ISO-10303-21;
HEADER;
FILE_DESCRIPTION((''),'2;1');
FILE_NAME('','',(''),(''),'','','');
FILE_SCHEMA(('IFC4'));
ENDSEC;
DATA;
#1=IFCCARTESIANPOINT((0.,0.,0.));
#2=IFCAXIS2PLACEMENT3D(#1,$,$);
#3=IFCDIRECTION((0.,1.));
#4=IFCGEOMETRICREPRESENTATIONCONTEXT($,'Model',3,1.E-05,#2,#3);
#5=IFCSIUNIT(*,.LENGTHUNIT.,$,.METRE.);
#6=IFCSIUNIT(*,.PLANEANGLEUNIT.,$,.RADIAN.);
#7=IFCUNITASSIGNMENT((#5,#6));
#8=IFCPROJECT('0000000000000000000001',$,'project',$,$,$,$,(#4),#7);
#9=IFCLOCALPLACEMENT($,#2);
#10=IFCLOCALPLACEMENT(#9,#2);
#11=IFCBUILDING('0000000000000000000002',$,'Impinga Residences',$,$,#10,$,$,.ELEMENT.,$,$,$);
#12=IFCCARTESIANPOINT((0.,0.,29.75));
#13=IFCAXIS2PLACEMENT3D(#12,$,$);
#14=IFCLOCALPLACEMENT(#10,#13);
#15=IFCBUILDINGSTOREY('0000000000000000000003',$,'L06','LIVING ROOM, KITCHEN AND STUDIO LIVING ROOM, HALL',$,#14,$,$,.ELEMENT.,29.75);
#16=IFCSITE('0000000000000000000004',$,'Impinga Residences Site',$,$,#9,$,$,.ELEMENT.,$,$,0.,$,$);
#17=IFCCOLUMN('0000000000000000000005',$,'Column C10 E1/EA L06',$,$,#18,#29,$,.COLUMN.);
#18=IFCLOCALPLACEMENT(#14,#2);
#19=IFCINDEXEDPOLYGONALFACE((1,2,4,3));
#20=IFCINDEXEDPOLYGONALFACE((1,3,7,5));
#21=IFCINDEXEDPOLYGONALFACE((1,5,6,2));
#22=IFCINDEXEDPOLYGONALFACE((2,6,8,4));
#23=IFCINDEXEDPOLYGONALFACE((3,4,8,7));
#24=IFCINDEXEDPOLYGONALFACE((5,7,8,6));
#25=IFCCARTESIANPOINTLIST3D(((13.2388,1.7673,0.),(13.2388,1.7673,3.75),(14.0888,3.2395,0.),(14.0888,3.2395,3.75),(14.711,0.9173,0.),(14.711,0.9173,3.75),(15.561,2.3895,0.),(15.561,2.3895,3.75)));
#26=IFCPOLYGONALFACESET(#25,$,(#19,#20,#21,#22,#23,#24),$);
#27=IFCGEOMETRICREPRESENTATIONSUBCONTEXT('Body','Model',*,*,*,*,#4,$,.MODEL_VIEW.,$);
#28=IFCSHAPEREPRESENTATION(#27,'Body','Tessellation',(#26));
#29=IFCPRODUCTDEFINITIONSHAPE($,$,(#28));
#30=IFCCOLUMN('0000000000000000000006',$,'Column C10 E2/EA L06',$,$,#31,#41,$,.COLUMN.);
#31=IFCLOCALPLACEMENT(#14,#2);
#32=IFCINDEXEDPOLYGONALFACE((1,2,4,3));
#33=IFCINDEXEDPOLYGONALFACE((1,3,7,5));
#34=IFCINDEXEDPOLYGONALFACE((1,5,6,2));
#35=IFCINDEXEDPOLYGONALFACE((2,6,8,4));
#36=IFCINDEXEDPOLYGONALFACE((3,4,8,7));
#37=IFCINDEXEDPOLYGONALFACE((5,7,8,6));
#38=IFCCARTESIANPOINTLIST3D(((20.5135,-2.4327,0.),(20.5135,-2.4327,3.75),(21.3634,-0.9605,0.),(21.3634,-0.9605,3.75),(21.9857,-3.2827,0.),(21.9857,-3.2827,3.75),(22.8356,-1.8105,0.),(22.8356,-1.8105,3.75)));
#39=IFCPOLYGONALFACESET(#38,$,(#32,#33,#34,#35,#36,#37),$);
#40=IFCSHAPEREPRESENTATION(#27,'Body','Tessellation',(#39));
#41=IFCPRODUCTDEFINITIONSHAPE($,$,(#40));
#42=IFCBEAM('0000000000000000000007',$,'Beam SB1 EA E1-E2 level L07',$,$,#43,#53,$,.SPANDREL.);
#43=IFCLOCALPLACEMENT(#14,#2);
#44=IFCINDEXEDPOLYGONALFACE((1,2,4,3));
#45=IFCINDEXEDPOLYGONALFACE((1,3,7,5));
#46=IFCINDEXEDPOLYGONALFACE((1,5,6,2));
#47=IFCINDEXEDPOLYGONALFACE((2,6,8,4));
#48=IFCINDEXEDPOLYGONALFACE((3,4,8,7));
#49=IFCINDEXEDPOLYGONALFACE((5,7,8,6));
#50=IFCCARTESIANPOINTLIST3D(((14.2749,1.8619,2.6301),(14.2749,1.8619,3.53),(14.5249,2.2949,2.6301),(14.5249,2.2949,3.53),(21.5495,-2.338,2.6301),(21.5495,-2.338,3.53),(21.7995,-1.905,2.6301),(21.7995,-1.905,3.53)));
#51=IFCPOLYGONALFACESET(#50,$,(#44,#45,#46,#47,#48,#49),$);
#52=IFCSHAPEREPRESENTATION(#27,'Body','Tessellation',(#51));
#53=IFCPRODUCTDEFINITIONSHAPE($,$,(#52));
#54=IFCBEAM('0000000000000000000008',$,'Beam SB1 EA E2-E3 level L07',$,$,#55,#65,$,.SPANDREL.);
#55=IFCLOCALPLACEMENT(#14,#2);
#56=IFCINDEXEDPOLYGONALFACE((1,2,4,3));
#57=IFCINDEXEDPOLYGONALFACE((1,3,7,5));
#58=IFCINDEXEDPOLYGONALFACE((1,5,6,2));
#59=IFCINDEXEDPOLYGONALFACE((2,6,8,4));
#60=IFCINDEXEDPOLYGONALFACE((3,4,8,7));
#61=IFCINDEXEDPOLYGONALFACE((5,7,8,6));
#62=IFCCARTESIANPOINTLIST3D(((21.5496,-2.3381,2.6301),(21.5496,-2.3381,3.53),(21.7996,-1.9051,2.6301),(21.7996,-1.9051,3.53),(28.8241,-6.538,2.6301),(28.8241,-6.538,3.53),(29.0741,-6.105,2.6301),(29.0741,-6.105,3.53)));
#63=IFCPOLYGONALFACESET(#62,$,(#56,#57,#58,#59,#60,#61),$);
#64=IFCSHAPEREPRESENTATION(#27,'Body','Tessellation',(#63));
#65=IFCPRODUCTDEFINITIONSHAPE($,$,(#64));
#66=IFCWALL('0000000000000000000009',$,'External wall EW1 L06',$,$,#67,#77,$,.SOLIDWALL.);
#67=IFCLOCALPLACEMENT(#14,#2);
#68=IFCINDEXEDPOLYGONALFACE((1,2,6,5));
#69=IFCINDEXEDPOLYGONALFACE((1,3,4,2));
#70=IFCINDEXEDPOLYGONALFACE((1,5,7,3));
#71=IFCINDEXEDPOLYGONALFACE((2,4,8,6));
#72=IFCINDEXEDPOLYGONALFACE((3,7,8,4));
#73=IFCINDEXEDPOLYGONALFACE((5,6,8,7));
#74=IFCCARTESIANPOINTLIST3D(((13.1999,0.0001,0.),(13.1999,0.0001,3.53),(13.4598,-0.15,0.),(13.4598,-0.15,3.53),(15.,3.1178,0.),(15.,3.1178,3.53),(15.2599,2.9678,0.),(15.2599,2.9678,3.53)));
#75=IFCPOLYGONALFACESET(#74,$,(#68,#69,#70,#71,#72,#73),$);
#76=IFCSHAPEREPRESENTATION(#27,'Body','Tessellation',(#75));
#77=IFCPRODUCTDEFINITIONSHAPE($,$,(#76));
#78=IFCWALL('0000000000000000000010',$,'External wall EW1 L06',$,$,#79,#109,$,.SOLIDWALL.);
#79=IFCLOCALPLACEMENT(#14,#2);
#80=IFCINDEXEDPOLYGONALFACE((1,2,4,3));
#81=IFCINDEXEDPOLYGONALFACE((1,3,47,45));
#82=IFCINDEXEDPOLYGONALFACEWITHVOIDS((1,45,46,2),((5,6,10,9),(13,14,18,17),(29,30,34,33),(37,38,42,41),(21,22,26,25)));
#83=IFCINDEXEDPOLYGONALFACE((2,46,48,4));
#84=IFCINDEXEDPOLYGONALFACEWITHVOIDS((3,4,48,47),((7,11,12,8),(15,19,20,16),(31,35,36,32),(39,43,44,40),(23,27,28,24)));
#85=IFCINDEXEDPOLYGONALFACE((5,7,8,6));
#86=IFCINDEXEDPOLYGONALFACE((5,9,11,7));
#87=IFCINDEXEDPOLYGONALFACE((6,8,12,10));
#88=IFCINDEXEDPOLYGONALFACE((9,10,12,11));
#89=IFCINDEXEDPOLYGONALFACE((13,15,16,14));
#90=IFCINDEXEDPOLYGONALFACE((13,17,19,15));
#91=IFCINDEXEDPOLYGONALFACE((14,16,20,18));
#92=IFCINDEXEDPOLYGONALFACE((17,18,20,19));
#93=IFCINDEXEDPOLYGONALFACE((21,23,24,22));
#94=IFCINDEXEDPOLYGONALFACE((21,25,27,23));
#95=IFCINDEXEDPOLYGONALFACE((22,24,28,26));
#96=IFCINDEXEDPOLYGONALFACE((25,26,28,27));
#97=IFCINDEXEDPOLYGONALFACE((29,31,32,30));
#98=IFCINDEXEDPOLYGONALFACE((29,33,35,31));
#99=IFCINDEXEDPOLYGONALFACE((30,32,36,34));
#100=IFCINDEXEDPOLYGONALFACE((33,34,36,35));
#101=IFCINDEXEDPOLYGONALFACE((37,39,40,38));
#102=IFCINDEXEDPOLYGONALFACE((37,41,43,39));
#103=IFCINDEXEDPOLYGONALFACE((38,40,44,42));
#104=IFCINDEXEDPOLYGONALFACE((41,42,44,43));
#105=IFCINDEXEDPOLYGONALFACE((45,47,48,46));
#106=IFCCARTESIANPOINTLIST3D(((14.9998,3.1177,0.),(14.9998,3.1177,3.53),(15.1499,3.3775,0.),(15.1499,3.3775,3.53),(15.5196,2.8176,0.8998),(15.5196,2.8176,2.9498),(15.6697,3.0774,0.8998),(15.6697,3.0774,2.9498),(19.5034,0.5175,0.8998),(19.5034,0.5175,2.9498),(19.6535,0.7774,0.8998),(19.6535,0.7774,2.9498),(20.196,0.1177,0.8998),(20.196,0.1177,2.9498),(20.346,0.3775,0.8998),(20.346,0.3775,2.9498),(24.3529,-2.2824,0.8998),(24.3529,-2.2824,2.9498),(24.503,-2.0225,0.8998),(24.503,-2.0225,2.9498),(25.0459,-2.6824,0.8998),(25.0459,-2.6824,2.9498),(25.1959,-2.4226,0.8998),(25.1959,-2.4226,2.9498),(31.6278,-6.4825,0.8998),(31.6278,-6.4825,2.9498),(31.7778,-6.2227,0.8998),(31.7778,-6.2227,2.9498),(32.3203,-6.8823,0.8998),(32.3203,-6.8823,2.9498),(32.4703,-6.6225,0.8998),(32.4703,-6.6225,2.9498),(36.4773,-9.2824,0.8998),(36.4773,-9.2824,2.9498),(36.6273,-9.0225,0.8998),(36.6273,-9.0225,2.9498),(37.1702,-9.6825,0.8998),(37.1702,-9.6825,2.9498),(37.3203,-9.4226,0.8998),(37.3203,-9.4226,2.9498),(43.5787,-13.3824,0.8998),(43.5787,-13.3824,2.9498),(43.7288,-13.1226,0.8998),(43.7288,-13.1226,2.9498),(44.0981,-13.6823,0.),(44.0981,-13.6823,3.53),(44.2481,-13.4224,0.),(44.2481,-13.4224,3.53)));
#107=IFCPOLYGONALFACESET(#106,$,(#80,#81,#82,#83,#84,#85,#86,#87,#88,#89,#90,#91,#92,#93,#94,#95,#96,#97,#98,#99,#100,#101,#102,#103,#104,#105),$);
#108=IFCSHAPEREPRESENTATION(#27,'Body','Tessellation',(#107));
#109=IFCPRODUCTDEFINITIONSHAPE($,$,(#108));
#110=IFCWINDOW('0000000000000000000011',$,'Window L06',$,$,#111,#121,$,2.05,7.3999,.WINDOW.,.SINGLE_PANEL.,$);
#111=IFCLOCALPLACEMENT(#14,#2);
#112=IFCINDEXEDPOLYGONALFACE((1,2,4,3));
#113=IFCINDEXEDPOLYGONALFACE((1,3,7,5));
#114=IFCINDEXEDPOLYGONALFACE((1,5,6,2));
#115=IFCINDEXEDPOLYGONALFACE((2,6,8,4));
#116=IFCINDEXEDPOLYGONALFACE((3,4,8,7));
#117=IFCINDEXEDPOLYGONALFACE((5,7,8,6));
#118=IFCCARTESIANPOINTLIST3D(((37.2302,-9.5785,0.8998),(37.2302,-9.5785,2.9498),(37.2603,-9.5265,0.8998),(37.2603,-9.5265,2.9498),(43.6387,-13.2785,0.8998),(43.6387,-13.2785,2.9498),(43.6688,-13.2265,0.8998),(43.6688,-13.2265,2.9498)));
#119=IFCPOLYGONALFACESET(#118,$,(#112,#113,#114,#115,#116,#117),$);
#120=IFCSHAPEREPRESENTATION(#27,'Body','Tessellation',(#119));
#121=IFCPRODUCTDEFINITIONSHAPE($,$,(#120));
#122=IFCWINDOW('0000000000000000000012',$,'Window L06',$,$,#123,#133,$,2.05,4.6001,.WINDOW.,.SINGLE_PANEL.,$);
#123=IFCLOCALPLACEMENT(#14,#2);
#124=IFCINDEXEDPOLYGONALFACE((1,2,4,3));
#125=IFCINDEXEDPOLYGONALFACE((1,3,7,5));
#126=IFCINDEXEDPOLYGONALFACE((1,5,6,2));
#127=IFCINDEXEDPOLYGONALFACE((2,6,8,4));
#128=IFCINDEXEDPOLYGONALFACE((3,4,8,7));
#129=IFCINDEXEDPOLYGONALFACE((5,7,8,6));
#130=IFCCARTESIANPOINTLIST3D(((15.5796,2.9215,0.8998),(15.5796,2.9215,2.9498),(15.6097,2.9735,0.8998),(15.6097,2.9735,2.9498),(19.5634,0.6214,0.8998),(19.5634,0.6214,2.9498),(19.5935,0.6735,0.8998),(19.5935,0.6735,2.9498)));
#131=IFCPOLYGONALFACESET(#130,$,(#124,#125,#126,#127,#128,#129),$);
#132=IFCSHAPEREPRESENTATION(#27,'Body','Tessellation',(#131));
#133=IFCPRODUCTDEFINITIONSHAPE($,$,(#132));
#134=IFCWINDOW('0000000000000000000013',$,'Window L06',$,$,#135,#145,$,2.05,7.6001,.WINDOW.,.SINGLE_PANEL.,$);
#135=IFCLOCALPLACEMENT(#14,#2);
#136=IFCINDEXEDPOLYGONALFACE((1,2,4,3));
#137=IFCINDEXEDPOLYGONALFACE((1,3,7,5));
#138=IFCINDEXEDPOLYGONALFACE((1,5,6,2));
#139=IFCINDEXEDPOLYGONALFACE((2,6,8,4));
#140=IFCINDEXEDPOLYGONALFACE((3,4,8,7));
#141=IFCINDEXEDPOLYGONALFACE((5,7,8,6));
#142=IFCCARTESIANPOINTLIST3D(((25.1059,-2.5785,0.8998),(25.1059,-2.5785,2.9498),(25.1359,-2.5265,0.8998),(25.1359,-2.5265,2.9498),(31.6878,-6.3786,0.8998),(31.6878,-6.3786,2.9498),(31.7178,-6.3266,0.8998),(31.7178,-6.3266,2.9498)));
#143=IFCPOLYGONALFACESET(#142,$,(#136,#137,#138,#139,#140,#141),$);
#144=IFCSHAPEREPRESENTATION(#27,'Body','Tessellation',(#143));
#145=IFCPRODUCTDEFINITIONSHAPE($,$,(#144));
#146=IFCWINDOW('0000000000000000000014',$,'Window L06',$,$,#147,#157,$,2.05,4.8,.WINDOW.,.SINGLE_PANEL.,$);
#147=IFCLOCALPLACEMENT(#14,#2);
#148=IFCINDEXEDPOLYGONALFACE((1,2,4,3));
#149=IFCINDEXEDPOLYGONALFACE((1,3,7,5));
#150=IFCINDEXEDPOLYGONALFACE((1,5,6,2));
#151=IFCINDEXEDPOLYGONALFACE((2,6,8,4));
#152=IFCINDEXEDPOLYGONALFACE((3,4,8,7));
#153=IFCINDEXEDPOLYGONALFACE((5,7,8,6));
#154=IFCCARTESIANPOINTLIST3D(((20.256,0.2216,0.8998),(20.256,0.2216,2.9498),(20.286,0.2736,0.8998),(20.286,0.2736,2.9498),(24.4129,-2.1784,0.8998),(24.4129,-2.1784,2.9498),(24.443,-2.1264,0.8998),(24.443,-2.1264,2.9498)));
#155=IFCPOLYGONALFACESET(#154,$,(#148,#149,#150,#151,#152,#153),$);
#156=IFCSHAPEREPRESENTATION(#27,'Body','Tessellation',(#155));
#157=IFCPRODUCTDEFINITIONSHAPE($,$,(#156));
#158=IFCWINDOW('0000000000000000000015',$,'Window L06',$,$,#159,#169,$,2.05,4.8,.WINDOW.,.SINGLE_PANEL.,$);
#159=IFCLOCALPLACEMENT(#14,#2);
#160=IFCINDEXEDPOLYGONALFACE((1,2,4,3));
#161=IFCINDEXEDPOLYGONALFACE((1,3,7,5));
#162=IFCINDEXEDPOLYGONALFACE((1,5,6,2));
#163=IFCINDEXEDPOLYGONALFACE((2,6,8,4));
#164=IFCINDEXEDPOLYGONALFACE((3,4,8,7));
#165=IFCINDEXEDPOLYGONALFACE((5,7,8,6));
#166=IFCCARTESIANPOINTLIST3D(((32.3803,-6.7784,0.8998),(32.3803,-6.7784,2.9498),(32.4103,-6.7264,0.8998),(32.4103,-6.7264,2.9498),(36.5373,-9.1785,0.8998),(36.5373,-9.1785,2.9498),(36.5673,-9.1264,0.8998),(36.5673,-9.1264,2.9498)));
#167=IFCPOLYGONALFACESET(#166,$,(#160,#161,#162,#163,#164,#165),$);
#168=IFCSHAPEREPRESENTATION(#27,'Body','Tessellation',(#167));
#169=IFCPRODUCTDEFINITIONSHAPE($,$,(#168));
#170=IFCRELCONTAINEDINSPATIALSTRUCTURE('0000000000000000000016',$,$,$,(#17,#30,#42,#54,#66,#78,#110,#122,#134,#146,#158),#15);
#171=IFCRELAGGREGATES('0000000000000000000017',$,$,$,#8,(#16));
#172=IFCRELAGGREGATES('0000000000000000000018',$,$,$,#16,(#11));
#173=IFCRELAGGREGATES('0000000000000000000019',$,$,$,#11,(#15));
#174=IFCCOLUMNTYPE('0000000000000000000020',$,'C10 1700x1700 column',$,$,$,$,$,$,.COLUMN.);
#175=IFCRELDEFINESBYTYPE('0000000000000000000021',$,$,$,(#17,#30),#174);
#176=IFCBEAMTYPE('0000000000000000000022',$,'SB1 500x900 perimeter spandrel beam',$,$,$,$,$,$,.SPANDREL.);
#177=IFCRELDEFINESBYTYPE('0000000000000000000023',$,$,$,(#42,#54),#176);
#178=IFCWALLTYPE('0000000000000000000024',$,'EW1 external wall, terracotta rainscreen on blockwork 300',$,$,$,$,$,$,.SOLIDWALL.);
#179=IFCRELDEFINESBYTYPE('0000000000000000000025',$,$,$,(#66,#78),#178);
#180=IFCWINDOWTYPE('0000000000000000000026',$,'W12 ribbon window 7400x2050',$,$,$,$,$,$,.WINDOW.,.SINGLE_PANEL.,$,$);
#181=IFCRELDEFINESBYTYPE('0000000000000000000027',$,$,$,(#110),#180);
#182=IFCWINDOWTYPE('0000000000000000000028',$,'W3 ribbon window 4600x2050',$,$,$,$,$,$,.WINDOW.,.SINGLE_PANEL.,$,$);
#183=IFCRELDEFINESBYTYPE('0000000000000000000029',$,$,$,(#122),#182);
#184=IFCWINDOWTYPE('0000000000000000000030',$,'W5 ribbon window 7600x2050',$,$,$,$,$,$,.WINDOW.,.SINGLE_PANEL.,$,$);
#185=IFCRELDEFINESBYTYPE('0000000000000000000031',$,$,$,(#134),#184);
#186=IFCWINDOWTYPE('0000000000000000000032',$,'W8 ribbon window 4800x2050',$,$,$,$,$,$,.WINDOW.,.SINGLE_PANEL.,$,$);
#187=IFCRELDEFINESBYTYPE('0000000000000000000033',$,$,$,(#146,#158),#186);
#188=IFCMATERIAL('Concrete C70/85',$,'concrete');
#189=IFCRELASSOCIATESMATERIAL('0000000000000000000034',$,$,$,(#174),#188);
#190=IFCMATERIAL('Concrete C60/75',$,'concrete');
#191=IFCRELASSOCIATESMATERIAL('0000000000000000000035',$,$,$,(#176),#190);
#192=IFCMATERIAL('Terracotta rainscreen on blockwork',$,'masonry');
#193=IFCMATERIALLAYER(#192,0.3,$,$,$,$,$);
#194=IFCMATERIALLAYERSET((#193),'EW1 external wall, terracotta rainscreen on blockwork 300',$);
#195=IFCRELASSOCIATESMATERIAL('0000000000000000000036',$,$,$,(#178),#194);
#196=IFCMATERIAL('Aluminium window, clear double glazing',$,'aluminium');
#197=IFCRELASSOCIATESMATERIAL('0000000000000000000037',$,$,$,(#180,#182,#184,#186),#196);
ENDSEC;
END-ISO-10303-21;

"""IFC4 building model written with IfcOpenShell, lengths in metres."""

from ifc_helpers import new_model, si_unit, direction, frame, frame_2d, origin, origin_2d, place, context, subcontext, project, spatial, rectangle, extrude, material, layer, layer_set, material_profile, profile_set, type_object, element, fill, save


model = new_model("IFC4")

# Units and contexts
model_context = context("Model", 3, precision=1e-05, world=origin(), true_north=direction((0.0, 1.0)))
body_context = subcontext(model_context, "Body", "Model", "MODEL_VIEW")
ifc_project = project(units=[si_unit("LENGTHUNIT", "METRE"), si_unit("PLANEANGLEUNIT", "RADIAN")], contexts=[model_context])

# Site, building, storey
site_placement = place(None, origin())
site = spatial("IfcSite", under=ifc_project, at=site_placement, Name="Impinga Residences Site", CompositionType="ELEMENT", RefElevation=0.0)
building_placement = place(site_placement, origin())
building = spatial("IfcBuilding", under=site, at=building_placement, Name="Impinga Residences", CompositionType="ELEMENT")
storey_placement = place(building_placement, frame((0.0, 0.0, 29.75)))
storey = spatial("IfcBuildingStorey", under=building, at=storey_placement, Name="L06", Description="LIVING ROOM, KITCHEN AND STUDIO LIVING ROOM, HALL", CompositionType="ELEMENT", Elevation=29.75)

# Columns
ifc_material_1 = material(Name="Concrete C70/85", Category="concrete")
ifc_material_profile_1 = material_profile(ifc_material_1, rectangle(XDim=1.7, YDim=1.7, at=origin_2d()), Name="RC 1700x1700")
ifc_profile_set_1 = profile_set([ifc_material_profile_1], Name="Concrete C70/85")
column_type = type_object("IfcColumnType", Name="C10 1700x1700 column", PredefinedType="COLUMN", material=ifc_profile_set_1)
for number, where, z_axis, x_axis, name in (
    (1, (14.3999, 2.0784, 0.0), (0.0, 0.0, 1.0), (-0.5, -0.866025, 0.0), "Column C10 E1/EA L06"),
    (2, (21.6746, -2.1216, 0.0), (0.0, 0.0, 1.0), (-0.5, -0.866025, 0.0), "Column C10 E2/EA L06"),
):
    element("IfcColumn", number, at=place(storey_placement, frame(where, z_axis=z_axis, x_axis=x_axis)), inside=storey, type_object=column_type, Name=name, PredefinedType="COLUMN", context=body_context, shape_type="SweptSolid", body=[
        extrude(rectangle(XDim=1.7, YDim=1.7, at=origin_2d()), origin(), (0.0, 0.0, 1.0), 3.75),
    ])

# Beams
ifc_material_2 = material(Name="Concrete C60/75", Category="concrete")
ifc_material_profile_2 = material_profile(ifc_material_2, rectangle(XDim=0.5, YDim=0.8999, at=origin_2d()), Name="RC 500x900")
ifc_profile_set_2 = profile_set([ifc_material_profile_2], Name="Concrete C60/75")
beam_type = type_object("IfcBeamType", Name="SB1 500x900 perimeter spandrel beam", PredefinedType="SPANDREL", material=ifc_profile_set_2)
for number, where, z_axis, x_axis, name in (
    (3, (14.3999, 2.0784, 3.0801), (0.866029, -0.499993, 0.0), (0.499993, 0.866029, 0.0), "Beam SB1 EA E1-E2 level L07"),
    (4, (21.6746, -2.1216, 3.0801), (0.866029, -0.499993, 0.0), (0.499993, 0.866029, 0.0), "Beam SB1 EA E2-E3 level L07"),
):
    element("IfcBeam", number, at=place(storey_placement, frame(where, z_axis=z_axis, x_axis=x_axis)), inside=storey, type_object=beam_type, Name=name, PredefinedType="SPANDREL", context=body_context, shape_type="SweptSolid", body=[
        extrude(rectangle(XDim=0.5, YDim=0.8999, at=origin_2d()), origin(), (0.0, 0.0, 1.0), 8.3999),
    ])

# Wall
ifc_material_3 = material(Name="Terracotta rainscreen on blockwork", Category="masonry")
ifc_layer_1 = layer(ifc_material_3, 0.3)
ifc_layer_set_1 = layer_set([ifc_layer_1], Name="EW1 external wall, terracotta rainscreen on blockwork 300")
wall_type_1 = type_object("IfcWallType", Name="EW1 external wall, terracotta rainscreen on blockwork 300", PredefinedType="SOLIDWALL", material=ifc_layer_set_1)
wall_1_placement = place(storey_placement, frame((13.3298, -0.075, 0.0), z_axis=(0.0, 0.0, 1.0), x_axis=(0.500012, 0.866018, 0.0)))
element("IfcWall", 5, at=wall_1_placement, inside=storey, type_object=wall_type_1, Name="External wall EW1 L06", PredefinedType="SOLIDWALL", context=body_context, shape_type="SweptSolid", body=[
    extrude(rectangle(XDim=3.6001, YDim=0.3, at=frame_2d((1.8, 0.0))), origin(), (0.0, 0.0, 1.0), 3.53),
])

# Wall, openings, windows
wall_2_placement = place(storey_placement, frame((15.075, 3.2476, 0.0), z_axis=(0.0, 0.0, 1.0), x_axis=(0.866024, -0.500002, 0.0)))
wall_2 = element("IfcWall", 6, at=wall_2_placement, inside=storey, type_object=wall_type_1, Name="External wall EW1 L06", PredefinedType="SOLIDWALL", context=body_context, shape_type="SweptSolid", body=[
    extrude(rectangle(XDim=33.5999, YDim=0.3, at=frame_2d((16.7998, 0.0))), origin(), (0.0, 0.0, 1.0), 3.53),
])
opening_1_placement = place(wall_2_placement, frame((0.6001, 0.0, 0.8999)))
opening_1 = element("IfcOpeningElement", 7, at=opening_1_placement, cuts=wall_2, PredefinedType="OPENING", context=body_context, shape_type="SweptSolid", body=[
    extrude(rectangle(XDim=4.6001, YDim=2.05, at=frame_2d((2.3, 1.0249))), frame((0.0, 0.1599, 0.0), z_axis=(0.0, -1.0, 0.0), x_axis=(1.0, 0.0, 0.0)), (0.0, 0.0, 1.0), 0.3201),
])
opening_2_placement = place(wall_2_placement, frame((6.0, 0.0, 0.8999)))
opening_2 = element("IfcOpeningElement", 8, at=opening_2_placement, cuts=wall_2, PredefinedType="OPENING", context=body_context, shape_type="SweptSolid", body=[
    extrude(rectangle(XDim=4.8, YDim=2.05, at=frame_2d((2.3999, 1.0249))), frame((0.0, 0.1599, 0.0), z_axis=(0.0, -1.0, 0.0), x_axis=(1.0, 0.0, 0.0)), (0.0, 0.0, 1.0), 0.3201),
])
opening_3_placement = place(wall_2_placement, frame((11.6001, 0.0, 0.8999)))
opening_3 = element("IfcOpeningElement", 9, at=opening_3_placement, cuts=wall_2, PredefinedType="OPENING", context=body_context, shape_type="SweptSolid", body=[
    extrude(rectangle(XDim=7.6001, YDim=2.05, at=frame_2d((3.8, 1.0249))), frame((0.0, 0.1599, 0.0), z_axis=(0.0, -1.0, 0.0), x_axis=(1.0, 0.0, 0.0)), (0.0, 0.0, 1.0), 0.3201),
])
opening_4_placement = place(wall_2_placement, frame((20.0, 0.0, 0.8999)))
opening_4 = element("IfcOpeningElement", 10, at=opening_4_placement, cuts=wall_2, PredefinedType="OPENING", context=body_context, shape_type="SweptSolid", body=[
    extrude(rectangle(XDim=4.8, YDim=2.05, at=frame_2d((2.3999, 1.0249))), frame((0.0, 0.1599, 0.0), z_axis=(0.0, -1.0, 0.0), x_axis=(1.0, 0.0, 0.0)), (0.0, 0.0, 1.0), 0.3201),
])
opening_5_placement = place(wall_2_placement, frame((25.6001, 0.0, 0.8999)))
opening_5 = element("IfcOpeningElement", 11, at=opening_5_placement, cuts=wall_2, PredefinedType="OPENING", context=body_context, shape_type="SweptSolid", body=[
    extrude(rectangle(XDim=7.3999, YDim=2.05, at=frame_2d((3.7, 1.0249))), frame((0.0, 0.1599, 0.0), z_axis=(0.0, -1.0, 0.0), x_axis=(1.0, 0.0, 0.0)), (0.0, 0.0, 1.0), 0.3201),
])
ifc_material_4 = material(Name="Aluminium window, clear double glazing", Category="aluminium")
window_type_1 = type_object("IfcWindowType", Name="W12 ribbon window 7400x2050", PartitioningType="SINGLE_PANEL", PredefinedType="WINDOW", material=ifc_material_4)
window_1_placement = place(opening_5_placement, origin())
window_1 = element("IfcWindow", 12, at=window_1_placement, inside=storey, type_object=window_type_1, Name="Window L06", OverallHeight=2.05, OverallWidth=7.3999, PartitioningType="SINGLE_PANEL", PredefinedType="WINDOW", context=body_context, shape_type="SweptSolid", body=[
    extrude(rectangle(XDim=7.3999, YDim=2.05, at=frame_2d((3.7, 1.0249))), frame((0.0, 0.03, 0.0), z_axis=(0.0, -1.0, 0.0), x_axis=(1.0, 0.0, 0.0)), (0.0, 0.0, 1.0), 0.0601),
])
fill(opening_5, window_1)
window_type_2 = type_object("IfcWindowType", Name="W3 ribbon window 4600x2050", PartitioningType="SINGLE_PANEL", PredefinedType="WINDOW", material=ifc_material_4)
window_2_placement = place(opening_1_placement, origin())
window_2 = element("IfcWindow", 13, at=window_2_placement, inside=storey, type_object=window_type_2, Name="Window L06", OverallHeight=2.05, OverallWidth=4.6001, PartitioningType="SINGLE_PANEL", PredefinedType="WINDOW", context=body_context, shape_type="SweptSolid", body=[
    extrude(rectangle(XDim=4.6001, YDim=2.05, at=frame_2d((2.3, 1.0249))), frame((0.0, 0.03, 0.0), z_axis=(0.0, -1.0, 0.0), x_axis=(1.0, 0.0, 0.0)), (0.0, 0.0, 1.0), 0.0601),
])
fill(opening_1, window_2)
window_type_3 = type_object("IfcWindowType", Name="W5 ribbon window 7600x2050", PartitioningType="SINGLE_PANEL", PredefinedType="WINDOW", material=ifc_material_4)
window_3_placement = place(opening_3_placement, origin())
window_3 = element("IfcWindow", 14, at=window_3_placement, inside=storey, type_object=window_type_3, Name="Window L06", OverallHeight=2.05, OverallWidth=7.6001, PartitioningType="SINGLE_PANEL", PredefinedType="WINDOW", context=body_context, shape_type="SweptSolid", body=[
    extrude(rectangle(XDim=7.6001, YDim=2.05, at=frame_2d((3.8, 1.0249))), frame((0.0, 0.03, 0.0), z_axis=(0.0, -1.0, 0.0), x_axis=(1.0, 0.0, 0.0)), (0.0, 0.0, 1.0), 0.0601),
])
fill(opening_3, window_3)
window_type_4 = type_object("IfcWindowType", Name="W8 ribbon window 4800x2050", PartitioningType="SINGLE_PANEL", PredefinedType="WINDOW", material=ifc_material_4)
window_4_placement = place(opening_2_placement, origin())
window_4 = element("IfcWindow", 15, at=window_4_placement, inside=storey, type_object=window_type_4, Name="Window L06", OverallHeight=2.05, OverallWidth=4.8, PartitioningType="SINGLE_PANEL", PredefinedType="WINDOW", context=body_context, shape_type="SweptSolid", body=[
    extrude(rectangle(XDim=4.8, YDim=2.05, at=frame_2d((2.3999, 1.0249))), frame((0.0, 0.03, 0.0), z_axis=(0.0, -1.0, 0.0), x_axis=(1.0, 0.0, 0.0)), (0.0, 0.0, 1.0), 0.0601),
])
fill(opening_2, window_4)
window_5_placement = place(opening_4_placement, origin())
window_5 = element("IfcWindow", 16, at=window_5_placement, inside=storey, type_object=window_type_4, Name="Window L06", OverallHeight=2.05, OverallWidth=4.8, PartitioningType="SINGLE_PANEL", PredefinedType="WINDOW", context=body_context, shape_type="SweptSolid", body=[
    extrude(rectangle(XDim=4.8, YDim=2.05, at=frame_2d((2.3999, 1.0249))), frame((0.0, 0.03, 0.0), z_axis=(0.0, -1.0, 0.0), x_axis=(1.0, 0.0, 0.0)), (0.0, 0.0, 1.0), 0.0601),
])
fill(opening_4, window_5)

save(model, "model.ifc")
